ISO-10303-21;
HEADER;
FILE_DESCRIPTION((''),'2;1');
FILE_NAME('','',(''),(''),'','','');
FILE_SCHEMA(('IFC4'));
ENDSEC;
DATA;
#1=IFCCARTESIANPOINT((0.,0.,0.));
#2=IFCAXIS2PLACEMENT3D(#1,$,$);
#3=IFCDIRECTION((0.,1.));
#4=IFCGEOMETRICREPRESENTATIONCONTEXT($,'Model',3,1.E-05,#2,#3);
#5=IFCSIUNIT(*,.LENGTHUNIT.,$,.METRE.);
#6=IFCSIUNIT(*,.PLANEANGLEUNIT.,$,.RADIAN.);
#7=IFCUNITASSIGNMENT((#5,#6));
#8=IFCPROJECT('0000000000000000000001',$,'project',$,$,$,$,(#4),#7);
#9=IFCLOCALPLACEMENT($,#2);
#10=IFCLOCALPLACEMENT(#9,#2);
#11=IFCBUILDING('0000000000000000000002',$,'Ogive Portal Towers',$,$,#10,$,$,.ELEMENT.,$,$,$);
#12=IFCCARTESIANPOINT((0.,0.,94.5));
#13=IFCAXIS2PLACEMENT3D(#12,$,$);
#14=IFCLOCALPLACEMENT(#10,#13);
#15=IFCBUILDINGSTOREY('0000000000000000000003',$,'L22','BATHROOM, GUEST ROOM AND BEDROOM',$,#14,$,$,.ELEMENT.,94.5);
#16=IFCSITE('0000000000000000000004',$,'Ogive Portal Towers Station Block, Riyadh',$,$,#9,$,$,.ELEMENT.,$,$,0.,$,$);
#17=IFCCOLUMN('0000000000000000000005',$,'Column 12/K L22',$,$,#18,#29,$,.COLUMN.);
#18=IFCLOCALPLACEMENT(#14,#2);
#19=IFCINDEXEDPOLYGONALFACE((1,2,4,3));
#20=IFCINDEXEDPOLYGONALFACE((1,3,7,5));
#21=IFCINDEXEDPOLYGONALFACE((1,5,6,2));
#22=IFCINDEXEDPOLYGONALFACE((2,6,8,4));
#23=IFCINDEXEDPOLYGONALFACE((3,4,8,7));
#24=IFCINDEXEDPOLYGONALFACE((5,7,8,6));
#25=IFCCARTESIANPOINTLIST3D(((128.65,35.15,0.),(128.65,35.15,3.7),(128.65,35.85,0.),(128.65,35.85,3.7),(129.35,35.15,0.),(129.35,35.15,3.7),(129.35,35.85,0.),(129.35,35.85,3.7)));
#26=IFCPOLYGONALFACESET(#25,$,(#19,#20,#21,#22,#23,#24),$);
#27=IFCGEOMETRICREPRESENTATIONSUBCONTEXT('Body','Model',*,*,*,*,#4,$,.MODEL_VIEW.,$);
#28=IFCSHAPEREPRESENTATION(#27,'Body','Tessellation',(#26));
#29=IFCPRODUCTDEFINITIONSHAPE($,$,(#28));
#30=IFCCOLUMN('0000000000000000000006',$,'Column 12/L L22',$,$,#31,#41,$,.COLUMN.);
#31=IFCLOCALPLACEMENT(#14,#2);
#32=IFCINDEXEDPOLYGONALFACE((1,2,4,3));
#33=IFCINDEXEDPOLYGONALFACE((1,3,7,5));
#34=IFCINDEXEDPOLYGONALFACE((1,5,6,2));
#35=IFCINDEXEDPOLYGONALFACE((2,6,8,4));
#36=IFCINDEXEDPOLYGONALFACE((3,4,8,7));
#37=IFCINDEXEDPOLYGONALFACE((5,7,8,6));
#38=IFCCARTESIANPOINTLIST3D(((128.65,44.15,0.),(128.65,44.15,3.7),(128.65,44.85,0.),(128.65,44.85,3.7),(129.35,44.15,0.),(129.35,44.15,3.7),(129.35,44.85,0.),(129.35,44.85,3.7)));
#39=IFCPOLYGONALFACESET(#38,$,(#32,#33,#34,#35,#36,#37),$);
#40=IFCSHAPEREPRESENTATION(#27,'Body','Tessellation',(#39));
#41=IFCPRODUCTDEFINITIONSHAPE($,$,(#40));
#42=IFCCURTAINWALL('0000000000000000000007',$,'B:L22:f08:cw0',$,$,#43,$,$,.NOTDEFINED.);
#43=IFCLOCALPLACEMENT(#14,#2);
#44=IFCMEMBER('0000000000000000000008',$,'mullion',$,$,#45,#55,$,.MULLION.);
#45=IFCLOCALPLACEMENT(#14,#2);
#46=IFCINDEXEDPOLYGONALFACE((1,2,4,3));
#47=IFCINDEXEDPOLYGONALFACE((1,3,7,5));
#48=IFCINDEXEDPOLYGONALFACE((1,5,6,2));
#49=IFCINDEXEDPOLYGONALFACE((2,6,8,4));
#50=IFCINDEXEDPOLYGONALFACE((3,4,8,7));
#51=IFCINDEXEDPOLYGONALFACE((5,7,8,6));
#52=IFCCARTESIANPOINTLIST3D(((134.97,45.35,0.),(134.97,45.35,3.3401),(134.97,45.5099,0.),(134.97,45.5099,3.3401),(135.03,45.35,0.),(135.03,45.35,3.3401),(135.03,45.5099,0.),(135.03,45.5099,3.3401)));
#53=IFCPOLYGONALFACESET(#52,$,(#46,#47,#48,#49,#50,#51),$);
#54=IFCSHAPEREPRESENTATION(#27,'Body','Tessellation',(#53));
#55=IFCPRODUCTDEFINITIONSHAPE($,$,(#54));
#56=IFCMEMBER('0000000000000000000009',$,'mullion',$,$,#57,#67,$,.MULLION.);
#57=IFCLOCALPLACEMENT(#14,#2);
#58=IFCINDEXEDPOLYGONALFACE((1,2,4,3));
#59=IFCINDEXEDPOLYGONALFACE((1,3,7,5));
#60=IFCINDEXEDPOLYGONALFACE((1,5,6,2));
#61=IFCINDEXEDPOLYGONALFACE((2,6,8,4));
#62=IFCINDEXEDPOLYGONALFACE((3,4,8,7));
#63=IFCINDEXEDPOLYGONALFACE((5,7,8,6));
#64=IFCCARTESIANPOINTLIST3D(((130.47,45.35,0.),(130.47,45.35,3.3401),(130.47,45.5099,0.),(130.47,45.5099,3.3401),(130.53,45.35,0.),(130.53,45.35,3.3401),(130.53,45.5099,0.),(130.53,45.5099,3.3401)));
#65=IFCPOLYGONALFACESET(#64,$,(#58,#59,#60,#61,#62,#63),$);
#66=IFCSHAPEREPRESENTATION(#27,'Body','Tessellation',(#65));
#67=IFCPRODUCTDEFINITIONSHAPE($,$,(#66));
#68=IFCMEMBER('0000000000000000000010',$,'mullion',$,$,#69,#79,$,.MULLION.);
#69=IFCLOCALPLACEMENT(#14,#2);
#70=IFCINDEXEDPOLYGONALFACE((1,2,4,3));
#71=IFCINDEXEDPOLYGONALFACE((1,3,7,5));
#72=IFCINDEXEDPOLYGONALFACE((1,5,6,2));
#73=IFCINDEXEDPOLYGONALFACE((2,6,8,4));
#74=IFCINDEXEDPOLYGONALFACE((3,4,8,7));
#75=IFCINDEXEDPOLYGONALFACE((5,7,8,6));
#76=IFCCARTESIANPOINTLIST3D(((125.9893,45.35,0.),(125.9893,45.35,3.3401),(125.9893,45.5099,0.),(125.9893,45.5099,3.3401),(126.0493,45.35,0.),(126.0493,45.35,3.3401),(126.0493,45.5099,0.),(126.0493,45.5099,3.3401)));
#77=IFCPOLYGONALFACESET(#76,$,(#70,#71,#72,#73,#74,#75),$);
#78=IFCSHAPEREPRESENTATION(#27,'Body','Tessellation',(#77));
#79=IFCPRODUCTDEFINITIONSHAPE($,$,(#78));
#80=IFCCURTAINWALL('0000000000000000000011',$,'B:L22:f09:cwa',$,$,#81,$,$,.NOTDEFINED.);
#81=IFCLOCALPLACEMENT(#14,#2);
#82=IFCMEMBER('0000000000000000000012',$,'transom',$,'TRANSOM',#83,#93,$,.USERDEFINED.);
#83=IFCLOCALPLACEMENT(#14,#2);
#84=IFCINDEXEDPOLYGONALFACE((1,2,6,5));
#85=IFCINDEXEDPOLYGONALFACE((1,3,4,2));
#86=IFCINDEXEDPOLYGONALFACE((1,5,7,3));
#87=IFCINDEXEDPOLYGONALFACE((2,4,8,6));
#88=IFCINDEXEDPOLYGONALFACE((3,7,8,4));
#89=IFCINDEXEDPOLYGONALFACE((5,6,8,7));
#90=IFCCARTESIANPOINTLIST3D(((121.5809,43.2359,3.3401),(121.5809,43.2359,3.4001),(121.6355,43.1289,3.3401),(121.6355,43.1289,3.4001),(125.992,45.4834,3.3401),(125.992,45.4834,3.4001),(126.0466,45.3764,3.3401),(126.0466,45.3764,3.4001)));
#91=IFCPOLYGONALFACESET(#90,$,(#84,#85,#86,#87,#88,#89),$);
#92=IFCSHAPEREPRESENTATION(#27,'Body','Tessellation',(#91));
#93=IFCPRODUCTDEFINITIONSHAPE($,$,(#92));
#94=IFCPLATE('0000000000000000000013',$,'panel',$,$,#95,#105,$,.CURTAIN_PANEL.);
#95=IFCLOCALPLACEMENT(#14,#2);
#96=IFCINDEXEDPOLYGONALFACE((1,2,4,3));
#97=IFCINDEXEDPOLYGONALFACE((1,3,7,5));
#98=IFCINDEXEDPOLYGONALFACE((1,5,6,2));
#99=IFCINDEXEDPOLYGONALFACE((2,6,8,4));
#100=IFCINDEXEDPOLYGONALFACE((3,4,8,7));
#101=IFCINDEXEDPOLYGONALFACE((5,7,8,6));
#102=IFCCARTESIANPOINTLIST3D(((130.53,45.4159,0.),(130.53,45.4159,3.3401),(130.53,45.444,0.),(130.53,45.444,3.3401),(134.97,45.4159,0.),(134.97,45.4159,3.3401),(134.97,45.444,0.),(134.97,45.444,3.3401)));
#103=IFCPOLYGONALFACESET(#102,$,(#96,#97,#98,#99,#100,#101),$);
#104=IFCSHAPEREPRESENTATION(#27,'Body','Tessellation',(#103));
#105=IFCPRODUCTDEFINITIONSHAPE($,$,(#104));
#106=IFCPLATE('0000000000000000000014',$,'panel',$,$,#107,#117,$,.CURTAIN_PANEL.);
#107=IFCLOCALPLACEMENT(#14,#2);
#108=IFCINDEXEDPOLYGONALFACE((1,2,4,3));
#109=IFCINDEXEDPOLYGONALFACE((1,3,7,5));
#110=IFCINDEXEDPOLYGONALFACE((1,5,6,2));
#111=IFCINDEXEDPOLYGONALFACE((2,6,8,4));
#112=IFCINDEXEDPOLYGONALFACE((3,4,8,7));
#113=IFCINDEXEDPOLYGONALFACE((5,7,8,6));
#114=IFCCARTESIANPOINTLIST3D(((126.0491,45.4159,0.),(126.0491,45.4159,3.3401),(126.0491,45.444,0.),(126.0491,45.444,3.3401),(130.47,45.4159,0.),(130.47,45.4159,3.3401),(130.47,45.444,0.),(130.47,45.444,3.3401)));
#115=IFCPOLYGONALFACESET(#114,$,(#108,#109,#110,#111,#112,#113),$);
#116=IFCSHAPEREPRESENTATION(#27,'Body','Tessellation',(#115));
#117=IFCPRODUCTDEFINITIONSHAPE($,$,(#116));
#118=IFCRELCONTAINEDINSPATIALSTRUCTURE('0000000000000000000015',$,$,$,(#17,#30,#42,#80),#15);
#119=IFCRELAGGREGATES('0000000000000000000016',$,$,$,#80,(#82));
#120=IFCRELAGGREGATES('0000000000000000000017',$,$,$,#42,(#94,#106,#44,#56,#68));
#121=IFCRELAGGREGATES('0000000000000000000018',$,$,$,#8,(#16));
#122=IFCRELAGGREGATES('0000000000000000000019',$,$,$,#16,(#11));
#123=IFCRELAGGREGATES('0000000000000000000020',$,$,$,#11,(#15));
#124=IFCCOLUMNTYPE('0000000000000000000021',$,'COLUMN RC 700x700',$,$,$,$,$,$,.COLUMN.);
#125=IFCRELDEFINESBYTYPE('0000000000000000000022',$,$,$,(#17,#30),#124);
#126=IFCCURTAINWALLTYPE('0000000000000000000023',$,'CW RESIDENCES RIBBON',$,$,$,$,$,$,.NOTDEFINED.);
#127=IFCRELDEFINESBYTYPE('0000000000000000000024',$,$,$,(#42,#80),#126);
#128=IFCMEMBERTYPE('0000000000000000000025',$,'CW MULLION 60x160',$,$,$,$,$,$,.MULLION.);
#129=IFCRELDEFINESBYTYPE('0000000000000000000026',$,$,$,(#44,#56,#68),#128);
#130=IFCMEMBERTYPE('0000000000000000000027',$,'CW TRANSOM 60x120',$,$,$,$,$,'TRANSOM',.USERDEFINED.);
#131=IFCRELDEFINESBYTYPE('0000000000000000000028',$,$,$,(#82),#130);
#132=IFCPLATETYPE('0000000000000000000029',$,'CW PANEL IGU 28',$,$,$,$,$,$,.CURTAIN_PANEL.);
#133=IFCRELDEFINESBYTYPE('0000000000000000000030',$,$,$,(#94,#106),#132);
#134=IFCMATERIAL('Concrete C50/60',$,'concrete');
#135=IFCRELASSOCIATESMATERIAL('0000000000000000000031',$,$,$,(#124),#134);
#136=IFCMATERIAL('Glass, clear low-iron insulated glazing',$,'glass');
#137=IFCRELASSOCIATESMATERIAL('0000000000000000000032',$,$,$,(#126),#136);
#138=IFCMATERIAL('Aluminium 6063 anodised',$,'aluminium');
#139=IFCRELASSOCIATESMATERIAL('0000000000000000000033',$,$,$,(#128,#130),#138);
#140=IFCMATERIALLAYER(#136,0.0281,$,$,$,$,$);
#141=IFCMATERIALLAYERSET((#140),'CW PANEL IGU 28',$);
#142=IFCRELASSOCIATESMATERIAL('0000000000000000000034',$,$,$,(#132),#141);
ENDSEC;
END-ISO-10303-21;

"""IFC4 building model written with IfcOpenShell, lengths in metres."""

from ifc_helpers import new_model, si_unit, direction, frame, origin, origin_2d, place, context, subcontext, project, spatial, rectangle, extrude, material, layer, layer_set, material_profile, profile_set, type_object, element, aggregate, save


model = new_model("IFC4")

# Units and contexts
model_context = context("Model", 3, precision=1e-05, world=origin(), true_north=direction((0.0, 1.0)))
body_context = subcontext(model_context, "Body", "Model", "MODEL_VIEW")
ifc_project = project(units=[si_unit("LENGTHUNIT", "METRE"), si_unit("PLANEANGLEUNIT", "RADIAN")], contexts=[model_context])

# Site, building, storey
site_placement = place(None, origin())
site = spatial("IfcSite", under=ifc_project, at=site_placement, Name="Ogive Portal Towers Station Block, Riyadh", CompositionType="ELEMENT", RefElevation=0.0)
building_placement = place(site_placement, origin())
building = spatial("IfcBuilding", under=site, at=building_placement, Name="Ogive Portal Towers", CompositionType="ELEMENT")
storey_placement = place(building_placement, frame((0.0, 0.0, 94.5)))
storey = spatial("IfcBuildingStorey", under=building, at=storey_placement, Name="L22", Description="BATHROOM, GUEST ROOM AND BEDROOM", CompositionType="ELEMENT", Elevation=94.5)

# Columns
ifc_material_1 = material(Name="Concrete C50/60", Category="concrete")
ifc_material_profile_1 = material_profile(ifc_material_1, rectangle(XDim=0.7, YDim=0.7, at=origin_2d()), Name="RC 700x700")
ifc_profile_set_1 = profile_set([ifc_material_profile_1], Name="Concrete C50/60")
column_type = type_object("IfcColumnType", Name="COLUMN RC 700x700", PredefinedType="COLUMN", material=ifc_profile_set_1)
for number, where, z_axis, x_axis, name in (
    (1, (129.0, 35.5, 0.0), (0.0, 0.0, 1.0), (1.0, 0.0, 0.0), "Column 12/K L22"),
    (2, (129.0, 44.5, 0.0), (0.0, 0.0, 1.0), (1.0, 0.0, 0.0), "Column 12/L L22"),
):
    element("IfcColumn", number, at=place(storey_placement, frame(where, z_axis=z_axis, x_axis=x_axis)), inside=storey, type_object=column_type, Name=name, PredefinedType="COLUMN", context=body_context, shape_type="SweptSolid", body=[
        extrude(rectangle(XDim=0.7, YDim=0.7, at=origin_2d()), origin(), (0.0, 0.0, 1.0), 3.7),
    ])

# Curtain wall, members
ifc_material_2 = material(Name="Glass, clear low-iron insulated glazing", Category="glass")
curtain_wall_type = type_object("IfcCurtainWallType", Name="CW RESIDENCES RIBBON", PredefinedType="NOTDEFINED", material=ifc_material_2)
curtain_wall_1_placement = place(storey_placement, origin())
curtain_wall_1 = element("IfcCurtainWall", 3, at=curtain_wall_1_placement, inside=storey, type_object=curtain_wall_type, Name="B:L22:f08:cw0", PredefinedType="NOTDEFINED")
ifc_material_3 = material(Name="Aluminium 6063 anodised", Category="aluminium")
ifc_material_profile_2 = material_profile(ifc_material_3, rectangle(XDim=0.1599, YDim=0.0601, at=origin_2d()), Name="AL 60x160")
ifc_profile_set_2 = profile_set([ifc_material_profile_2], Name="Aluminium 6063 anodised")
member_type_1 = type_object("IfcMemberType", Name="CW MULLION 60x160", PredefinedType="MULLION", material=ifc_profile_set_2)
member_1_placement = place(storey_placement, frame((135.0, 45.4299, 0.0), z_axis=(0.0, 0.0, 1.0), x_axis=(0.0, -1.0, 0.0)))
member_1 = element("IfcMember", 4, at=member_1_placement, type_object=member_type_1, Name="mullion", PredefinedType="MULLION", context=body_context, shape_type="SweptSolid", body=[
    extrude(rectangle(XDim=0.1599, YDim=0.0601, at=origin_2d()), origin(), (0.0, 0.0, 1.0), 3.3401),
])
member_2_placement = place(storey_placement, frame((130.5, 45.4299, 0.0), z_axis=(0.0, 0.0, 1.0), x_axis=(0.0, -1.0, 0.0)))
member_2 = element("IfcMember", 5, at=member_2_placement, type_object=member_type_1, Name="mullion", PredefinedType="MULLION", context=body_context, shape_type="SweptSolid", body=[
    extrude(rectangle(XDim=0.1599, YDim=0.0601, at=origin_2d()), origin(), (0.0, 0.0, 1.0), 3.3401),
])
member_3_placement = place(storey_placement, frame((126.0193, 45.4299, 0.0), z_axis=(0.0, 0.0, 1.0), x_axis=(0.0, -1.0, 0.0)))
member_3 = element("IfcMember", 6, at=member_3_placement, type_object=member_type_1, Name="mullion", PredefinedType="MULLION", context=body_context, shape_type="SweptSolid", body=[
    extrude(rectangle(XDim=0.1599, YDim=0.0601, at=origin_2d()), origin(), (0.0, 0.0, 1.0), 3.3401),
])

# Curtain wall, member
curtain_wall_2_placement = place(storey_placement, origin())
curtain_wall_2 = element("IfcCurtainWall", 7, at=curtain_wall_2_placement, inside=storey, type_object=curtain_wall_type, Name="B:L22:f09:cwa", PredefinedType="NOTDEFINED")
ifc_material_profile_3 = material_profile(ifc_material_3, rectangle(XDim=0.1201, YDim=0.0601, at=origin_2d()), Name="AL 120x60")
ifc_profile_set_3 = profile_set([ifc_material_profile_3], Name="Aluminium 6063 anodised")
member_type_2 = type_object("IfcMemberType", Name="CW TRANSOM 60x120", ElementType="TRANSOM", PredefinedType="USERDEFINED", material=ifc_profile_set_3)
member_4_placement = place(storey_placement, frame((126.0193, 45.4299, 3.3701), z_axis=(-0.891009, -0.453986, 0.0), x_axis=(0.453986, -0.891009, 0.0)))
member_4 = element("IfcMember", 8, at=member_4_placement, type_object=member_type_2, Name="transom", ObjectType="TRANSOM", PredefinedType="USERDEFINED", context=body_context, shape_type="SweptSolid", body=[
    extrude(rectangle(XDim=0.1201, YDim=0.0601, at=origin_2d()), origin(), (0.0, 0.0, 1.0), 4.9507),
])
aggregate(curtain_wall_2, [member_4])

# Plates
ifc_layer_1 = layer(ifc_material_2, 0.0281)
ifc_layer_set_1 = layer_set([ifc_layer_1], Name="CW PANEL IGU 28")
plate_type = type_object("IfcPlateType", Name="CW PANEL IGU 28", PredefinedType="CURTAIN_PANEL", material=ifc_layer_set_1)
plate_1_placement = place(storey_placement, frame((132.75, 45.4299, 0.0), z_axis=(0.0, 0.0, 1.0), x_axis=(-1.0, 0.0, 0.0)))
plate_1 = element("IfcPlate", 9, at=plate_1_placement, type_object=plate_type, Name="panel", PredefinedType="CURTAIN_PANEL", context=body_context, shape_type="SweptSolid", body=[
    extrude(rectangle(XDim=4.4399, YDim=0.0281, at=origin_2d()), origin(), (0.0, 0.0, 1.0), 3.3401),
])
plate_2_placement = place(storey_placement, frame((128.2595, 45.4299, 0.0), z_axis=(0.0, 0.0, 1.0), x_axis=(-1.0, 0.0, 0.0)))
plate_2 = element("IfcPlate", 10, at=plate_2_placement, type_object=plate_type, Name="panel", PredefinedType="CURTAIN_PANEL", context=body_context, shape_type="SweptSolid", body=[
    extrude(rectangle(XDim=4.4209, YDim=0.0281, at=origin_2d()), origin(), (0.0, 0.0, 1.0), 3.3401),
])
aggregate(curtain_wall_1, [plate_1, plate_2, member_1, member_2, member_3])

save(model, "model.ifc")
